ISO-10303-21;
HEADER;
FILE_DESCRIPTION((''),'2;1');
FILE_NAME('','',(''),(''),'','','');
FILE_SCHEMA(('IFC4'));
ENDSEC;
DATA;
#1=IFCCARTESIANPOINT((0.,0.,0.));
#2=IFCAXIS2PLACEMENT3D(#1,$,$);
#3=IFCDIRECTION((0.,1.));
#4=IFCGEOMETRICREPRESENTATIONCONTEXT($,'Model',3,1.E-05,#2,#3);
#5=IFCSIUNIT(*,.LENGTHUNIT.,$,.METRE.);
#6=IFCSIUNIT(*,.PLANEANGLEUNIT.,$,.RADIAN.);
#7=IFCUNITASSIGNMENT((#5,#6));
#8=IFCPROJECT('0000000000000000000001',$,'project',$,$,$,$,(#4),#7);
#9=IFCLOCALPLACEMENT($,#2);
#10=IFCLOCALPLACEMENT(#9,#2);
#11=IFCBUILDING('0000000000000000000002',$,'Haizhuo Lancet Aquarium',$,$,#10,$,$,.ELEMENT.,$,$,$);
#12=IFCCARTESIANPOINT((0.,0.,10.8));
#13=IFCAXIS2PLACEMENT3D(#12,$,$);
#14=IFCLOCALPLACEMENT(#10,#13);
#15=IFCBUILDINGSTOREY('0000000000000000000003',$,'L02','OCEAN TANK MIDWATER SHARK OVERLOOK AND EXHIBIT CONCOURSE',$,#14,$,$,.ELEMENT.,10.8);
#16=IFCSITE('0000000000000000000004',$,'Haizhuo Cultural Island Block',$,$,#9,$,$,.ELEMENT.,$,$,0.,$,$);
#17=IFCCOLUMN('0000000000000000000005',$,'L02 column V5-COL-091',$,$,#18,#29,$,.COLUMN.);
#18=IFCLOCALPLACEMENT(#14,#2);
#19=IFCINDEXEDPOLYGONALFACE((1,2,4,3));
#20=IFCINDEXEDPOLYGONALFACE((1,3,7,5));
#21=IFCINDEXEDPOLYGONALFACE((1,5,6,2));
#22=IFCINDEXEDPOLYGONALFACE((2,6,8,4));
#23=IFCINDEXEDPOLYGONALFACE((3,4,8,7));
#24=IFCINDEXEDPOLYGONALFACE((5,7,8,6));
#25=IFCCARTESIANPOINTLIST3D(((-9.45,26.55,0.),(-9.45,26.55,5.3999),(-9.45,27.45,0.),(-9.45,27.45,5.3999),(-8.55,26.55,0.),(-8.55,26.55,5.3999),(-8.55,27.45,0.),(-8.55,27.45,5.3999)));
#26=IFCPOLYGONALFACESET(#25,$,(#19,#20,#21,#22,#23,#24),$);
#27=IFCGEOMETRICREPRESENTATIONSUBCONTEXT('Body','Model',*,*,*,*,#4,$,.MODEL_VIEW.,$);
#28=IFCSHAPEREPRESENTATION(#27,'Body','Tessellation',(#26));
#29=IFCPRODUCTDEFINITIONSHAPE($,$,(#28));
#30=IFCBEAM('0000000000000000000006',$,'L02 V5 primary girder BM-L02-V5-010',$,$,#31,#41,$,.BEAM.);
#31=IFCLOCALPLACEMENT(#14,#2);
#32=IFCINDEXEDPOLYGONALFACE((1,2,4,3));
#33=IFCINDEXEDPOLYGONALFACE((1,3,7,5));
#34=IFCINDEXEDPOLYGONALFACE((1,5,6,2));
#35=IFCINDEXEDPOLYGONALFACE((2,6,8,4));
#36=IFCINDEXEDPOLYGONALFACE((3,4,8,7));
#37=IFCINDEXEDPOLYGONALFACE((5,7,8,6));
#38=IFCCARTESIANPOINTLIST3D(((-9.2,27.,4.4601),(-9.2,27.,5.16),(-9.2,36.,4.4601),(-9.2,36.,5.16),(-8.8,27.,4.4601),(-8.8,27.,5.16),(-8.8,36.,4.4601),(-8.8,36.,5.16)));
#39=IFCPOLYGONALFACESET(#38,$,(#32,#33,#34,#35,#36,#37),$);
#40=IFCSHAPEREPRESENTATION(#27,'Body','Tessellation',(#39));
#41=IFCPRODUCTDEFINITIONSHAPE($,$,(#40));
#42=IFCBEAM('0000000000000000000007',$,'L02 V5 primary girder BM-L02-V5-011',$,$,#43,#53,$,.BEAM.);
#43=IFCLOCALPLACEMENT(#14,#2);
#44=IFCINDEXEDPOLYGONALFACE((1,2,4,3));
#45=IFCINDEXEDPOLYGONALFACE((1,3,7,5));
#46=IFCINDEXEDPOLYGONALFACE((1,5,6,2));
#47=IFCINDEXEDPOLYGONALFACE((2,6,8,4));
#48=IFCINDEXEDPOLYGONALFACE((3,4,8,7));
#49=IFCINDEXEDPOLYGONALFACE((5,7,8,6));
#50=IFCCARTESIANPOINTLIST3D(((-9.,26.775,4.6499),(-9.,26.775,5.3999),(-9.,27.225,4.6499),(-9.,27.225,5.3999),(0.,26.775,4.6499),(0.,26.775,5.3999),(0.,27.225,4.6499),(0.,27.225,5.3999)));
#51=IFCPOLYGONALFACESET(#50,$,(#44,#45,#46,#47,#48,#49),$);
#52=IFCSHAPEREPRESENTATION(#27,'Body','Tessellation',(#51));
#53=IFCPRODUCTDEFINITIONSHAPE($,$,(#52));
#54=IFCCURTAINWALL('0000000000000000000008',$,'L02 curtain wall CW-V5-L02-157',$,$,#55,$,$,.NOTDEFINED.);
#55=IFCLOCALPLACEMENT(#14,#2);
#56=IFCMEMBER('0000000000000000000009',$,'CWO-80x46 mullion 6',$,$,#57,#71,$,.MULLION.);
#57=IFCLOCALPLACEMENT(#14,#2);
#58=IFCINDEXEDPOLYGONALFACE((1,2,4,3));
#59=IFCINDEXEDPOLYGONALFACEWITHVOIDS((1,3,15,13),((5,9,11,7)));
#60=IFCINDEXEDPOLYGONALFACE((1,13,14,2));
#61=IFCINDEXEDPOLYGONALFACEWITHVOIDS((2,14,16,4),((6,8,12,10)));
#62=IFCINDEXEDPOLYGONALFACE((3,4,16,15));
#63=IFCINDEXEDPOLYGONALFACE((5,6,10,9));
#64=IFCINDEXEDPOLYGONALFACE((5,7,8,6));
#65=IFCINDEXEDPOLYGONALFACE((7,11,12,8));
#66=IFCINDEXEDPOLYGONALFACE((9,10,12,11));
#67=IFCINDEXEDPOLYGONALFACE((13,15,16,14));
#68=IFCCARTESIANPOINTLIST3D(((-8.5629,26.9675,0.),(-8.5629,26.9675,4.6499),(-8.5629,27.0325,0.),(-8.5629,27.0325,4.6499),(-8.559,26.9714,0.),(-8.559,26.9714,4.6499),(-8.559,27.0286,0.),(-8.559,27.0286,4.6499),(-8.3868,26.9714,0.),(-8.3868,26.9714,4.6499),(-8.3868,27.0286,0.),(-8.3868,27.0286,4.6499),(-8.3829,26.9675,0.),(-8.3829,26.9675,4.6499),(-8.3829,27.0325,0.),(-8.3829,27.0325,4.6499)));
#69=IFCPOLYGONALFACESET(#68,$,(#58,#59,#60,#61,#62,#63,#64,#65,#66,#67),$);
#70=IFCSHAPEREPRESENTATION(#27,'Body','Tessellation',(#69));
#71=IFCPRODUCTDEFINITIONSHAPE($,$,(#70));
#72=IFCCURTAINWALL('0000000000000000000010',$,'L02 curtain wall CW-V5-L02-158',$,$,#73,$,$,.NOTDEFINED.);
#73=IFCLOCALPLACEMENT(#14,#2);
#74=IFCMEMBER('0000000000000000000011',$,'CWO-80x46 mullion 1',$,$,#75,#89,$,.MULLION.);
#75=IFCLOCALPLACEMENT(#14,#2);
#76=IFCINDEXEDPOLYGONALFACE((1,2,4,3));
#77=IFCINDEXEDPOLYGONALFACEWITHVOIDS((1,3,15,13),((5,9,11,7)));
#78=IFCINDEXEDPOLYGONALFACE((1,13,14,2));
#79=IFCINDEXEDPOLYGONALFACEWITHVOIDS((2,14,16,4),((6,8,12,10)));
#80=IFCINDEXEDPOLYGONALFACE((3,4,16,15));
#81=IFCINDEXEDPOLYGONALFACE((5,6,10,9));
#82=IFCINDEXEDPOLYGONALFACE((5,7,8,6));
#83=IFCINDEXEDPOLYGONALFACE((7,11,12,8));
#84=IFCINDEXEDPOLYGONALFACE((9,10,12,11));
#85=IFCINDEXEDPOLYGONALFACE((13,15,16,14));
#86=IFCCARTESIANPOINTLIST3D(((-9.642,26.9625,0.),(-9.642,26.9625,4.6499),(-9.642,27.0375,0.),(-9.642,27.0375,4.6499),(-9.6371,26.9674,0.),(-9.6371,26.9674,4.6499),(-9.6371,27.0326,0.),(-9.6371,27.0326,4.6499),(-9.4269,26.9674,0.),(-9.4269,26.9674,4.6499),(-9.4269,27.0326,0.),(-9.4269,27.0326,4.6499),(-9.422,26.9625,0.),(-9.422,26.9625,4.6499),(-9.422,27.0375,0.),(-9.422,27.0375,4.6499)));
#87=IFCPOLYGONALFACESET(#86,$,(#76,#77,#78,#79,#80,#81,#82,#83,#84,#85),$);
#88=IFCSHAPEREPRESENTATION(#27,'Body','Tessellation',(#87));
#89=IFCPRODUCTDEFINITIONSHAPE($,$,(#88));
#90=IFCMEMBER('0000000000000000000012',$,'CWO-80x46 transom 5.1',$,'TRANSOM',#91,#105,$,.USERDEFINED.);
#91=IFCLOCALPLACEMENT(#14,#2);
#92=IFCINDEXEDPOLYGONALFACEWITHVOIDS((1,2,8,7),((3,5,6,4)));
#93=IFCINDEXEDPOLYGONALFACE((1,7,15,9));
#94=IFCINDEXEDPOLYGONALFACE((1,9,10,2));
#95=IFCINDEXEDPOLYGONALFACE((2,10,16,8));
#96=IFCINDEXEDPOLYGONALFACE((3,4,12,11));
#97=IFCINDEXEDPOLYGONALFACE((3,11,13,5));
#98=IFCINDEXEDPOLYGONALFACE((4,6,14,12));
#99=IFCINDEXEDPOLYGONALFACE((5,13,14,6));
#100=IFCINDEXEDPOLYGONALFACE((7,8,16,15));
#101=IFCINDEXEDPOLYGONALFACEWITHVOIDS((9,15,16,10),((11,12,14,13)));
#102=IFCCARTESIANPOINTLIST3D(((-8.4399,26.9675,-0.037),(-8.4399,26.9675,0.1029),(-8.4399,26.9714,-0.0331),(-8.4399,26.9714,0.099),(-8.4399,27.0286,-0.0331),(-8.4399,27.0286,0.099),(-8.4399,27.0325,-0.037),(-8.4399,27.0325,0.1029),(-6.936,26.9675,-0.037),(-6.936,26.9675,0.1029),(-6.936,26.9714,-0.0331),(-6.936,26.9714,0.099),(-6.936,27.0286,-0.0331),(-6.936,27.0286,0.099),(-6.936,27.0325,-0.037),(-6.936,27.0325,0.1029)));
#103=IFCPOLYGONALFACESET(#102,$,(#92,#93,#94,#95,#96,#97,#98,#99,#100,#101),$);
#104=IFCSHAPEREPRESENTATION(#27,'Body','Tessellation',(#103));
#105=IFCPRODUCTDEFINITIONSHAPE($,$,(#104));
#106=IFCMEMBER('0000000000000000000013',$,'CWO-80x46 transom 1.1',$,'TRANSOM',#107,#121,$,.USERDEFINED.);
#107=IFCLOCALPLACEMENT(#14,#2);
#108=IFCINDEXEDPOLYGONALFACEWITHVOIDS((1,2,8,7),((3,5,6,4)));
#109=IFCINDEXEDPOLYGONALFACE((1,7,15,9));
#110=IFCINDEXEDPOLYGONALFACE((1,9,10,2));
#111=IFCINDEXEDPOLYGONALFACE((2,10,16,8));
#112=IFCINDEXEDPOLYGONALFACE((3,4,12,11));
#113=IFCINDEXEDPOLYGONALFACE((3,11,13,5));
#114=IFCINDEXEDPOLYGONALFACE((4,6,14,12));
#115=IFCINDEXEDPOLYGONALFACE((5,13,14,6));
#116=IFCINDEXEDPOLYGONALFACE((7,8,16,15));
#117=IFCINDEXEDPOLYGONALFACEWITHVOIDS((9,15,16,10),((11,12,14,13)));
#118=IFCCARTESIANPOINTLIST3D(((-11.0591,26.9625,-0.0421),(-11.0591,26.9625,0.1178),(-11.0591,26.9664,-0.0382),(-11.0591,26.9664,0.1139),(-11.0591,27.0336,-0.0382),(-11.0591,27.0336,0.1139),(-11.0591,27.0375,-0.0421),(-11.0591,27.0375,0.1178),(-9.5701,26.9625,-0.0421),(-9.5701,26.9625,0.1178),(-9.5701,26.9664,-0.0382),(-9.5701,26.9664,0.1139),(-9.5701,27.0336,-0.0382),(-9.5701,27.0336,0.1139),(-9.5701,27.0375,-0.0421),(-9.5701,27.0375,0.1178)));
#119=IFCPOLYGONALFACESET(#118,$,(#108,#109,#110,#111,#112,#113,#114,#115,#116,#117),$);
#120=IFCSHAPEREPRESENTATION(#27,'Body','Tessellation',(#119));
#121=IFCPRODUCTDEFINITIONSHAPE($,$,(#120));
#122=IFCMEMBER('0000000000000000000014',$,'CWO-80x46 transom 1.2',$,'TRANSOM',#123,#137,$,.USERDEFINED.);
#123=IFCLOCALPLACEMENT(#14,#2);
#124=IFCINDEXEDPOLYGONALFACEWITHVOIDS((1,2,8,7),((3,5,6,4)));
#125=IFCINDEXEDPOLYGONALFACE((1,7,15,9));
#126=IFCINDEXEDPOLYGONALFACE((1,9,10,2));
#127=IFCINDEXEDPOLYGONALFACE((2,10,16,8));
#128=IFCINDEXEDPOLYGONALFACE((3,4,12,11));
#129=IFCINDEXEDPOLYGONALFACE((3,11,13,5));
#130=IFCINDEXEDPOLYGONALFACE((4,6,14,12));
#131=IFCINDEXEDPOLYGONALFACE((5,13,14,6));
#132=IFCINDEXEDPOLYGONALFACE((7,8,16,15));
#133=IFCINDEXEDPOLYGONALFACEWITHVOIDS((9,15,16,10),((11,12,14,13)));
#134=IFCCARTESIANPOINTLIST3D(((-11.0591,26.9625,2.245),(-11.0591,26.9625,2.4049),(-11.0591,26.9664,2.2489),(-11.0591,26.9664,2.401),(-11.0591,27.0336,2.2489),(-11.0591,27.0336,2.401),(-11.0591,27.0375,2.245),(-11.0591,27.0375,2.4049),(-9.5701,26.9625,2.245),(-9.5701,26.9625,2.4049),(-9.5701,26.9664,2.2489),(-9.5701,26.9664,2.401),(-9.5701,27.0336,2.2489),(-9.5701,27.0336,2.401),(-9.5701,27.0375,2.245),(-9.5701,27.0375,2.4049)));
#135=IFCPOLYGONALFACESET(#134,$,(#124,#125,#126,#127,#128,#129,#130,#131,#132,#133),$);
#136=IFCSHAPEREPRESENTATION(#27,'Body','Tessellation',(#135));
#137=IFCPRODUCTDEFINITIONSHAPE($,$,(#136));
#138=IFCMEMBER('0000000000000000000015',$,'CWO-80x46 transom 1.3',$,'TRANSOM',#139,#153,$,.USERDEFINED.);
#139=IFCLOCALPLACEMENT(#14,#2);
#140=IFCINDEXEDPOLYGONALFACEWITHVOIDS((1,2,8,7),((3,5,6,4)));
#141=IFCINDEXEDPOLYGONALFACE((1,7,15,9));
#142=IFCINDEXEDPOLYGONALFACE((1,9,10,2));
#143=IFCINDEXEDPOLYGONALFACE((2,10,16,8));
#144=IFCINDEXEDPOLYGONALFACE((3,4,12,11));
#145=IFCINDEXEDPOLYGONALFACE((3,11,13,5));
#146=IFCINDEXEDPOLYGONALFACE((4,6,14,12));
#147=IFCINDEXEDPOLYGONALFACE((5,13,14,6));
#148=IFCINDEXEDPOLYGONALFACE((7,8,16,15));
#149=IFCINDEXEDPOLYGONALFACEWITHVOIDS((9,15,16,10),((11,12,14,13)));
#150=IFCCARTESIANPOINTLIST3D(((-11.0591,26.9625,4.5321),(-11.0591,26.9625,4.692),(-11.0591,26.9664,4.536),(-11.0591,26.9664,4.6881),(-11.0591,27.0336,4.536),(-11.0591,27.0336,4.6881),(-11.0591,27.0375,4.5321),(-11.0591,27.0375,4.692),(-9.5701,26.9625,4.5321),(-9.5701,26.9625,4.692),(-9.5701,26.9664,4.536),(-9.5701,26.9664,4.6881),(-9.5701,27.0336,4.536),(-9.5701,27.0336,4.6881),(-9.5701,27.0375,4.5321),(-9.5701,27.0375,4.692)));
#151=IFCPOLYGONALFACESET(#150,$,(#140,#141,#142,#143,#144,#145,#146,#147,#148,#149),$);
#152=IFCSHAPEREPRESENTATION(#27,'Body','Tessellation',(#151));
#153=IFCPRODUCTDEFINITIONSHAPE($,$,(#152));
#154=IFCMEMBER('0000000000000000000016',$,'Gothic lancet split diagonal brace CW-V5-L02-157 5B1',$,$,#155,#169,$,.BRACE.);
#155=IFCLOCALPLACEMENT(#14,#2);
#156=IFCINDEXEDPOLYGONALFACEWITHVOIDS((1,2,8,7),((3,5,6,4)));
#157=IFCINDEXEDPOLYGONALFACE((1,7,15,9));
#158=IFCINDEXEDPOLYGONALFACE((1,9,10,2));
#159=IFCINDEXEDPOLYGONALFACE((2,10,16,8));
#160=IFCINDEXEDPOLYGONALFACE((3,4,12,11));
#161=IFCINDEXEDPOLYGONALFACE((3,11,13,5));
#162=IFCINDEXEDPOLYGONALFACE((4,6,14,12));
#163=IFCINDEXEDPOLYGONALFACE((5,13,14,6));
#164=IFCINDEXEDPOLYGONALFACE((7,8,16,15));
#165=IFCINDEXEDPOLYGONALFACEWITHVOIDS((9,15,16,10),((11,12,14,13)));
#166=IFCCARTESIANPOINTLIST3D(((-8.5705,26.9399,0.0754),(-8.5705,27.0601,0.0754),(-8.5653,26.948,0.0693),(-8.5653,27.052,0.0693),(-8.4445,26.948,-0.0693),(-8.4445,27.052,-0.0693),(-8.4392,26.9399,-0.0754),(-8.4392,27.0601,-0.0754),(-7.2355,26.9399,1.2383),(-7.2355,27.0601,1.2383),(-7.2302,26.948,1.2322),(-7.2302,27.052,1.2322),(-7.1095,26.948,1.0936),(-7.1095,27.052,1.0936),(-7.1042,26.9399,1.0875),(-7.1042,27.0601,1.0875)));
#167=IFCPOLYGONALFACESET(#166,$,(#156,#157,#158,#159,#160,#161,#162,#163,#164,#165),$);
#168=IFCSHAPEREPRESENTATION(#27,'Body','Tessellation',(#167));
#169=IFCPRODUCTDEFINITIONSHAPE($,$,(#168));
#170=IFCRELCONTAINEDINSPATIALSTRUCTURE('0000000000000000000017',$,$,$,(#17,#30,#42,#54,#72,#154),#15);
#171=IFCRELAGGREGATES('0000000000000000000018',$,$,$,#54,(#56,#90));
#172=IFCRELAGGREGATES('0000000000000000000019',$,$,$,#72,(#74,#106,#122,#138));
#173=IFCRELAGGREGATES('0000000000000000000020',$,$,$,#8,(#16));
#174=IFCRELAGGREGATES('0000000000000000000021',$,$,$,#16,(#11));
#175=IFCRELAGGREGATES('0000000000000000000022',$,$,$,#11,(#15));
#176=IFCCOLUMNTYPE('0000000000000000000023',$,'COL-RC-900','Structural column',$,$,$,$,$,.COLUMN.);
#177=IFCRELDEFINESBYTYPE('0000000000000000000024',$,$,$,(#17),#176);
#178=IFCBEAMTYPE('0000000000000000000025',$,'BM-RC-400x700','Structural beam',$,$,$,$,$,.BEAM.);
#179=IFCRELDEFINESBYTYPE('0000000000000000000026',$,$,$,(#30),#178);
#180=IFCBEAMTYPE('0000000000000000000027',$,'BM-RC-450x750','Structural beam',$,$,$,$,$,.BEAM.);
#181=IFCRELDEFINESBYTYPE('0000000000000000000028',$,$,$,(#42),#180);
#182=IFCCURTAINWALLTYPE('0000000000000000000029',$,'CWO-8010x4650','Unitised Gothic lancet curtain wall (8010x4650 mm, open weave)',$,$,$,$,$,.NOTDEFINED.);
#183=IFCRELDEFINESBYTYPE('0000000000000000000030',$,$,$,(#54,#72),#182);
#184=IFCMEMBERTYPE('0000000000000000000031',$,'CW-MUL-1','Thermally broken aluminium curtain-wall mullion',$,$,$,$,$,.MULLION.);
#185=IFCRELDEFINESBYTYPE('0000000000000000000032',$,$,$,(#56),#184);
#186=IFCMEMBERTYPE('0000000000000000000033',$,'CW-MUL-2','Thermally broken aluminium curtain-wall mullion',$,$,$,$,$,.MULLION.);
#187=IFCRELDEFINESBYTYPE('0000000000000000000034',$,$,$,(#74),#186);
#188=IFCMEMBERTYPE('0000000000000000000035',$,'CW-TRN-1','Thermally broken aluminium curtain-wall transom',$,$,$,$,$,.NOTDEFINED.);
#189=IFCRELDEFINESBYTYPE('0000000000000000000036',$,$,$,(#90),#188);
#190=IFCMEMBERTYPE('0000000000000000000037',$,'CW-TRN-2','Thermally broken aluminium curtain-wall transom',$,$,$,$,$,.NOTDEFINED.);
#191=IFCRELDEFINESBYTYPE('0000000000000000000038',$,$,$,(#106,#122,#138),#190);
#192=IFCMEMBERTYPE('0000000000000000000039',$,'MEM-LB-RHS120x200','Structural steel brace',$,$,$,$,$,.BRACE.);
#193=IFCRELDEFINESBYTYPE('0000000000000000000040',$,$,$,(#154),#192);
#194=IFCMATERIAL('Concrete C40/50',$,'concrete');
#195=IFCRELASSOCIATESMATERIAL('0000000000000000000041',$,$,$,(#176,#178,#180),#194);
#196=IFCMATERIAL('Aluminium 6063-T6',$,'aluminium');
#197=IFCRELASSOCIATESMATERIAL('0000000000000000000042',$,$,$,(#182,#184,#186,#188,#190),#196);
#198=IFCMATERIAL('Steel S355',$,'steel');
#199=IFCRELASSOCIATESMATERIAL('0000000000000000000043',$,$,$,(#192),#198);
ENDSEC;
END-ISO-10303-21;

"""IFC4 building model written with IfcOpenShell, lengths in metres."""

from ifc_helpers import new_model, si_unit, direction, frame, origin, origin_2d, place, context, subcontext, project, spatial, rectangle, hollow_rectangle, extrude, material, material_profile, profile_set, type_object, element, aggregate, save


model = new_model("IFC4")

# Units and contexts
model_context = context("Model", 3, precision=1e-05, world=origin(), true_north=direction((0.0, 1.0)))
body_context = subcontext(model_context, "Body", "Model", "MODEL_VIEW")
ifc_project = project(units=[si_unit("LENGTHUNIT", "METRE"), si_unit("PLANEANGLEUNIT", "RADIAN")], contexts=[model_context])

# Site, building, storey
site_placement = place(None, origin())
site = spatial("IfcSite", under=ifc_project, at=site_placement, Name="Haizhuo Cultural Island Block", CompositionType="ELEMENT", RefElevation=0.0)
building_placement = place(site_placement, origin())
building = spatial("IfcBuilding", under=site, at=building_placement, Name="Haizhuo Lancet Aquarium", CompositionType="ELEMENT")
storey_placement = place(building_placement, frame((0.0, 0.0, 10.8)))
storey = spatial("IfcBuildingStorey", under=building, at=storey_placement, Name="L02", Description="OCEAN TANK MIDWATER SHARK OVERLOOK AND EXHIBIT CONCOURSE", CompositionType="ELEMENT", Elevation=10.8)

# Column
ifc_material_1 = material(Name="Concrete C40/50", Category="concrete")
ifc_material_profile_1 = material_profile(ifc_material_1, rectangle(XDim=0.8999, YDim=0.8999, at=origin_2d()), Name="RC-COL 900x900")
ifc_profile_set_1 = profile_set([ifc_material_profile_1], Name="Concrete C40/50")
column_type = type_object("IfcColumnType", Name="COL-RC-900", Description="Structural column", PredefinedType="COLUMN", material=ifc_profile_set_1)
column_placement = place(storey_placement, frame((-9.0, 27.0, 0.0), z_axis=(0.0, 0.0, 1.0), x_axis=(1.0, 0.0, 0.0)))
element("IfcColumn", 1, at=column_placement, inside=storey, type_object=column_type, Name="L02 column V5-COL-091", PredefinedType="COLUMN", context=body_context, shape_type="SweptSolid", body=[
    extrude(rectangle(XDim=0.8999, YDim=0.8999, at=origin_2d()), origin(), (0.0, 0.0, 1.0), 5.3999),
])

# Beams
ifc_material_profile_2 = material_profile(ifc_material_1, rectangle(XDim=0.3999, YDim=0.7, at=origin_2d()), Name="RC-BM 400x700")
ifc_profile_set_2 = profile_set([ifc_material_profile_2], Name="Concrete C40/50")
beam_type_1 = type_object("IfcBeamType", Name="BM-RC-400x700", Description="Structural beam", PredefinedType="BEAM", material=ifc_profile_set_2)
beam_1_placement = place(storey_placement, frame((-9.0, 27.0, 4.8101), z_axis=(0.0, 1.0, 0.0), x_axis=(-1.0, 0.0, 0.0)))
element("IfcBeam", 2, at=beam_1_placement, inside=storey, type_object=beam_type_1, Name="L02 V5 primary girder BM-L02-V5-010", PredefinedType="BEAM", context=body_context, shape_type="SweptSolid", body=[
    extrude(rectangle(XDim=0.3999, YDim=0.7, at=origin_2d()), origin(), (0.0, 0.0, 1.0), 9.0),
])
ifc_material_profile_3 = material_profile(ifc_material_1, rectangle(XDim=0.45, YDim=0.75, at=origin_2d()), Name="RC-BM 450x750")
ifc_profile_set_3 = profile_set([ifc_material_profile_3], Name="Concrete C40/50")
beam_type_2 = type_object("IfcBeamType", Name="BM-RC-450x750", Description="Structural beam", PredefinedType="BEAM", material=ifc_profile_set_3)
beam_2_placement = place(storey_placement, frame((-9.0, 27.0, 5.0249), z_axis=(1.0, 0.0, 0.0), x_axis=(0.0, 1.0, 0.0)))
element("IfcBeam", 3, at=beam_2_placement, inside=storey, type_object=beam_type_2, Name="L02 V5 primary girder BM-L02-V5-011", PredefinedType="BEAM", context=body_context, shape_type="SweptSolid", body=[
    extrude(rectangle(XDim=0.45, YDim=0.75, at=origin_2d()), origin(), (0.0, 0.0, 1.0), 9.0),
])

# Curtain walls, members
ifc_material_2 = material(Name="Aluminium 6063-T6", Category="aluminium")
curtain_wall_type = type_object("IfcCurtainWallType", Name="CWO-8010x4650", Description="Unitised Gothic lancet curtain wall (8010x4650 mm, open weave)", PredefinedType="NOTDEFINED", material=ifc_material_2)
curtain_wall_1_placement = place(storey_placement, origin())
curtain_wall_1 = element("IfcCurtainWall", 4, at=curtain_wall_1_placement, inside=storey, type_object=curtain_wall_type, Name="L02 curtain wall CW-V5-L02-157", PredefinedType="NOTDEFINED")
ifc_material_profile_4 = material_profile(ifc_material_2, hollow_rectangle(XDim=0.0649, YDim=0.1799, WallThickness=0.0039, at=origin_2d()), Name="ALU-M 65x180x4")
ifc_profile_set_4 = profile_set([ifc_material_profile_4], Name="Aluminium 6063-T6")
member_type_1 = type_object("IfcMemberType", Name="CW-MUL-1", Description="Thermally broken aluminium curtain-wall mullion", PredefinedType="MULLION", material=ifc_profile_set_4)
member_1_placement = place(storey_placement, frame((-8.4729, 27.0, 0.0), z_axis=(0.0, 0.0, 1.0), x_axis=(0.0, -1.0, 0.0)))
member_1 = element("IfcMember", 5, at=member_1_placement, type_object=member_type_1, Name="CWO-80x46 mullion 6", PredefinedType="MULLION", context=body_context, shape_type="SweptSolid", body=[
    extrude(hollow_rectangle(XDim=0.0649, YDim=0.1799, WallThickness=0.0039, at=origin_2d()), origin(), (0.0, 0.0, 1.0), 4.6499),
])
curtain_wall_2_placement = place(storey_placement, origin())
curtain_wall_2 = element("IfcCurtainWall", 6, at=curtain_wall_2_placement, inside=storey, type_object=curtain_wall_type, Name="L02 curtain wall CW-V5-L02-158", PredefinedType="NOTDEFINED")
ifc_material_profile_5 = material_profile(ifc_material_2, hollow_rectangle(XDim=0.075, YDim=0.22, WallThickness=0.0049, at=origin_2d()), Name="ALU-M 75x220x5")
ifc_profile_set_5 = profile_set([ifc_material_profile_5], Name="Aluminium 6063-T6")
member_type_2 = type_object("IfcMemberType", Name="CW-MUL-2", Description="Thermally broken aluminium curtain-wall mullion", PredefinedType="MULLION", material=ifc_profile_set_5)
member_2_placement = place(storey_placement, frame((-9.532, 27.0, 0.0), z_axis=(0.0, 0.0, 1.0), x_axis=(0.0, -1.0, 0.0)))
member_2 = element("IfcMember", 7, at=member_2_placement, type_object=member_type_2, Name="CWO-80x46 mullion 1", PredefinedType="MULLION", context=body_context, shape_type="SweptSolid", body=[
    extrude(hollow_rectangle(XDim=0.075, YDim=0.22, WallThickness=0.0049, at=origin_2d()), origin(), (0.0, 0.0, 1.0), 4.6499),
])

# Members
ifc_material_profile_6 = material_profile(ifc_material_2, hollow_rectangle(XDim=0.0649, YDim=0.1399, WallThickness=0.0039, at=origin_2d()), Name="ALU-T 65x140x4")
ifc_profile_set_6 = profile_set([ifc_material_profile_6], Name="Aluminium 6063-T6")
member_type_3 = type_object("IfcMemberType", Name="CW-TRN-1", Description="Thermally broken aluminium curtain-wall transom", PredefinedType="NOTDEFINED", material=ifc_profile_set_6)
member_3_placement = place(storey_placement, frame((-6.936, 27.0, 0.033), z_axis=(-1.0, 0.0, 0.0), x_axis=(0.0, -1.0, 0.0)))
member_3 = element("IfcMember", 8, at=member_3_placement, type_object=member_type_3, Name="CWO-80x46 transom 5.1", ObjectType="TRANSOM", PredefinedType="USERDEFINED", context=body_context, shape_type="SweptSolid", body=[
    extrude(hollow_rectangle(XDim=0.0649, YDim=0.1399, WallThickness=0.0039, at=origin_2d()), origin(), (0.0, 0.0, 1.0), 1.5039),
])
ifc_material_profile_7 = material_profile(ifc_material_2, hollow_rectangle(XDim=0.075, YDim=0.1599, WallThickness=0.0039, at=origin_2d()), Name="ALU-T 75x160x4")
ifc_profile_set_7 = profile_set([ifc_material_profile_7], Name="Aluminium 6063-T6")
member_type_4 = type_object("IfcMemberType", Name="CW-TRN-2", Description="Thermally broken aluminium curtain-wall transom", PredefinedType="NOTDEFINED", material=ifc_profile_set_7)
member_4_placement = place(storey_placement, frame((-9.5701, 27.0, 0.0378), z_axis=(-1.0, 0.0, 0.0), x_axis=(0.0, -1.0, 0.0)))
member_4 = element("IfcMember", 9, at=member_4_placement, type_object=member_type_4, Name="CWO-80x46 transom 1.1", ObjectType="TRANSOM", PredefinedType="USERDEFINED", context=body_context, shape_type="SweptSolid", body=[
    extrude(hollow_rectangle(XDim=0.075, YDim=0.1599, WallThickness=0.0039, at=origin_2d()), origin(), (0.0, 0.0, 1.0), 1.489),
])
member_5_placement = place(storey_placement, frame((-9.5701, 27.0, 2.325), z_axis=(-1.0, 0.0, 0.0), x_axis=(0.0, -1.0, 0.0)))
member_5 = element("IfcMember", 10, at=member_5_placement, type_object=member_type_4, Name="CWO-80x46 transom 1.2", ObjectType="TRANSOM", PredefinedType="USERDEFINED", context=body_context, shape_type="SweptSolid", body=[
    extrude(hollow_rectangle(XDim=0.075, YDim=0.1599, WallThickness=0.0039, at=origin_2d()), origin(), (0.0, 0.0, 1.0), 1.489),
])
member_6_placement = place(storey_placement, frame((-9.5701, 27.0, 4.6121), z_axis=(-1.0, 0.0, 0.0), x_axis=(0.0, -1.0, 0.0)))
member_6 = element("IfcMember", 11, at=member_6_placement, type_object=member_type_4, Name="CWO-80x46 transom 1.3", ObjectType="TRANSOM", PredefinedType="USERDEFINED", context=body_context, shape_type="SweptSolid", body=[
    extrude(hollow_rectangle(XDim=0.075, YDim=0.1599, WallThickness=0.0039, at=origin_2d()), origin(), (0.0, 0.0, 1.0), 1.489),
])

# Member
ifc_material_3 = material(Name="Steel S355", Category="steel")
ifc_material_profile_8 = material_profile(ifc_material_3, hollow_rectangle(XDim=0.1201, YDim=0.2, WallThickness=0.0081, at=origin_2d()), Name="RHS 120x200x8")
ifc_profile_set_8 = profile_set([ifc_material_profile_8], Name="Steel S355")
member_type_5 = type_object("IfcMemberType", Name="MEM-LB-RHS120x200", Description="Structural steel brace", PredefinedType="BRACE", material=ifc_profile_set_8)
member_7_placement = place(storey_placement, frame((-8.5049, 27.0, 0.0), z_axis=(0.754044, 0.0, 0.656824), x_axis=(0.0, 1.0, 0.0)))
element("IfcMember", 12, at=member_7_placement, inside=storey, type_object=member_type_5, Name="Gothic lancet split diagonal brace CW-V5-L02-157 5B1", PredefinedType="BRACE", context=body_context, shape_type="SweptSolid", body=[
    extrude(hollow_rectangle(XDim=0.1201, YDim=0.2, WallThickness=0.0081, at=origin_2d()), origin(), (0.0, 0.0, 1.0), 1.7705),
])

aggregate(curtain_wall_1, [member_1, member_3])
aggregate(curtain_wall_2, [member_2, member_4, member_5, member_6])

save(model, "model.ifc")
